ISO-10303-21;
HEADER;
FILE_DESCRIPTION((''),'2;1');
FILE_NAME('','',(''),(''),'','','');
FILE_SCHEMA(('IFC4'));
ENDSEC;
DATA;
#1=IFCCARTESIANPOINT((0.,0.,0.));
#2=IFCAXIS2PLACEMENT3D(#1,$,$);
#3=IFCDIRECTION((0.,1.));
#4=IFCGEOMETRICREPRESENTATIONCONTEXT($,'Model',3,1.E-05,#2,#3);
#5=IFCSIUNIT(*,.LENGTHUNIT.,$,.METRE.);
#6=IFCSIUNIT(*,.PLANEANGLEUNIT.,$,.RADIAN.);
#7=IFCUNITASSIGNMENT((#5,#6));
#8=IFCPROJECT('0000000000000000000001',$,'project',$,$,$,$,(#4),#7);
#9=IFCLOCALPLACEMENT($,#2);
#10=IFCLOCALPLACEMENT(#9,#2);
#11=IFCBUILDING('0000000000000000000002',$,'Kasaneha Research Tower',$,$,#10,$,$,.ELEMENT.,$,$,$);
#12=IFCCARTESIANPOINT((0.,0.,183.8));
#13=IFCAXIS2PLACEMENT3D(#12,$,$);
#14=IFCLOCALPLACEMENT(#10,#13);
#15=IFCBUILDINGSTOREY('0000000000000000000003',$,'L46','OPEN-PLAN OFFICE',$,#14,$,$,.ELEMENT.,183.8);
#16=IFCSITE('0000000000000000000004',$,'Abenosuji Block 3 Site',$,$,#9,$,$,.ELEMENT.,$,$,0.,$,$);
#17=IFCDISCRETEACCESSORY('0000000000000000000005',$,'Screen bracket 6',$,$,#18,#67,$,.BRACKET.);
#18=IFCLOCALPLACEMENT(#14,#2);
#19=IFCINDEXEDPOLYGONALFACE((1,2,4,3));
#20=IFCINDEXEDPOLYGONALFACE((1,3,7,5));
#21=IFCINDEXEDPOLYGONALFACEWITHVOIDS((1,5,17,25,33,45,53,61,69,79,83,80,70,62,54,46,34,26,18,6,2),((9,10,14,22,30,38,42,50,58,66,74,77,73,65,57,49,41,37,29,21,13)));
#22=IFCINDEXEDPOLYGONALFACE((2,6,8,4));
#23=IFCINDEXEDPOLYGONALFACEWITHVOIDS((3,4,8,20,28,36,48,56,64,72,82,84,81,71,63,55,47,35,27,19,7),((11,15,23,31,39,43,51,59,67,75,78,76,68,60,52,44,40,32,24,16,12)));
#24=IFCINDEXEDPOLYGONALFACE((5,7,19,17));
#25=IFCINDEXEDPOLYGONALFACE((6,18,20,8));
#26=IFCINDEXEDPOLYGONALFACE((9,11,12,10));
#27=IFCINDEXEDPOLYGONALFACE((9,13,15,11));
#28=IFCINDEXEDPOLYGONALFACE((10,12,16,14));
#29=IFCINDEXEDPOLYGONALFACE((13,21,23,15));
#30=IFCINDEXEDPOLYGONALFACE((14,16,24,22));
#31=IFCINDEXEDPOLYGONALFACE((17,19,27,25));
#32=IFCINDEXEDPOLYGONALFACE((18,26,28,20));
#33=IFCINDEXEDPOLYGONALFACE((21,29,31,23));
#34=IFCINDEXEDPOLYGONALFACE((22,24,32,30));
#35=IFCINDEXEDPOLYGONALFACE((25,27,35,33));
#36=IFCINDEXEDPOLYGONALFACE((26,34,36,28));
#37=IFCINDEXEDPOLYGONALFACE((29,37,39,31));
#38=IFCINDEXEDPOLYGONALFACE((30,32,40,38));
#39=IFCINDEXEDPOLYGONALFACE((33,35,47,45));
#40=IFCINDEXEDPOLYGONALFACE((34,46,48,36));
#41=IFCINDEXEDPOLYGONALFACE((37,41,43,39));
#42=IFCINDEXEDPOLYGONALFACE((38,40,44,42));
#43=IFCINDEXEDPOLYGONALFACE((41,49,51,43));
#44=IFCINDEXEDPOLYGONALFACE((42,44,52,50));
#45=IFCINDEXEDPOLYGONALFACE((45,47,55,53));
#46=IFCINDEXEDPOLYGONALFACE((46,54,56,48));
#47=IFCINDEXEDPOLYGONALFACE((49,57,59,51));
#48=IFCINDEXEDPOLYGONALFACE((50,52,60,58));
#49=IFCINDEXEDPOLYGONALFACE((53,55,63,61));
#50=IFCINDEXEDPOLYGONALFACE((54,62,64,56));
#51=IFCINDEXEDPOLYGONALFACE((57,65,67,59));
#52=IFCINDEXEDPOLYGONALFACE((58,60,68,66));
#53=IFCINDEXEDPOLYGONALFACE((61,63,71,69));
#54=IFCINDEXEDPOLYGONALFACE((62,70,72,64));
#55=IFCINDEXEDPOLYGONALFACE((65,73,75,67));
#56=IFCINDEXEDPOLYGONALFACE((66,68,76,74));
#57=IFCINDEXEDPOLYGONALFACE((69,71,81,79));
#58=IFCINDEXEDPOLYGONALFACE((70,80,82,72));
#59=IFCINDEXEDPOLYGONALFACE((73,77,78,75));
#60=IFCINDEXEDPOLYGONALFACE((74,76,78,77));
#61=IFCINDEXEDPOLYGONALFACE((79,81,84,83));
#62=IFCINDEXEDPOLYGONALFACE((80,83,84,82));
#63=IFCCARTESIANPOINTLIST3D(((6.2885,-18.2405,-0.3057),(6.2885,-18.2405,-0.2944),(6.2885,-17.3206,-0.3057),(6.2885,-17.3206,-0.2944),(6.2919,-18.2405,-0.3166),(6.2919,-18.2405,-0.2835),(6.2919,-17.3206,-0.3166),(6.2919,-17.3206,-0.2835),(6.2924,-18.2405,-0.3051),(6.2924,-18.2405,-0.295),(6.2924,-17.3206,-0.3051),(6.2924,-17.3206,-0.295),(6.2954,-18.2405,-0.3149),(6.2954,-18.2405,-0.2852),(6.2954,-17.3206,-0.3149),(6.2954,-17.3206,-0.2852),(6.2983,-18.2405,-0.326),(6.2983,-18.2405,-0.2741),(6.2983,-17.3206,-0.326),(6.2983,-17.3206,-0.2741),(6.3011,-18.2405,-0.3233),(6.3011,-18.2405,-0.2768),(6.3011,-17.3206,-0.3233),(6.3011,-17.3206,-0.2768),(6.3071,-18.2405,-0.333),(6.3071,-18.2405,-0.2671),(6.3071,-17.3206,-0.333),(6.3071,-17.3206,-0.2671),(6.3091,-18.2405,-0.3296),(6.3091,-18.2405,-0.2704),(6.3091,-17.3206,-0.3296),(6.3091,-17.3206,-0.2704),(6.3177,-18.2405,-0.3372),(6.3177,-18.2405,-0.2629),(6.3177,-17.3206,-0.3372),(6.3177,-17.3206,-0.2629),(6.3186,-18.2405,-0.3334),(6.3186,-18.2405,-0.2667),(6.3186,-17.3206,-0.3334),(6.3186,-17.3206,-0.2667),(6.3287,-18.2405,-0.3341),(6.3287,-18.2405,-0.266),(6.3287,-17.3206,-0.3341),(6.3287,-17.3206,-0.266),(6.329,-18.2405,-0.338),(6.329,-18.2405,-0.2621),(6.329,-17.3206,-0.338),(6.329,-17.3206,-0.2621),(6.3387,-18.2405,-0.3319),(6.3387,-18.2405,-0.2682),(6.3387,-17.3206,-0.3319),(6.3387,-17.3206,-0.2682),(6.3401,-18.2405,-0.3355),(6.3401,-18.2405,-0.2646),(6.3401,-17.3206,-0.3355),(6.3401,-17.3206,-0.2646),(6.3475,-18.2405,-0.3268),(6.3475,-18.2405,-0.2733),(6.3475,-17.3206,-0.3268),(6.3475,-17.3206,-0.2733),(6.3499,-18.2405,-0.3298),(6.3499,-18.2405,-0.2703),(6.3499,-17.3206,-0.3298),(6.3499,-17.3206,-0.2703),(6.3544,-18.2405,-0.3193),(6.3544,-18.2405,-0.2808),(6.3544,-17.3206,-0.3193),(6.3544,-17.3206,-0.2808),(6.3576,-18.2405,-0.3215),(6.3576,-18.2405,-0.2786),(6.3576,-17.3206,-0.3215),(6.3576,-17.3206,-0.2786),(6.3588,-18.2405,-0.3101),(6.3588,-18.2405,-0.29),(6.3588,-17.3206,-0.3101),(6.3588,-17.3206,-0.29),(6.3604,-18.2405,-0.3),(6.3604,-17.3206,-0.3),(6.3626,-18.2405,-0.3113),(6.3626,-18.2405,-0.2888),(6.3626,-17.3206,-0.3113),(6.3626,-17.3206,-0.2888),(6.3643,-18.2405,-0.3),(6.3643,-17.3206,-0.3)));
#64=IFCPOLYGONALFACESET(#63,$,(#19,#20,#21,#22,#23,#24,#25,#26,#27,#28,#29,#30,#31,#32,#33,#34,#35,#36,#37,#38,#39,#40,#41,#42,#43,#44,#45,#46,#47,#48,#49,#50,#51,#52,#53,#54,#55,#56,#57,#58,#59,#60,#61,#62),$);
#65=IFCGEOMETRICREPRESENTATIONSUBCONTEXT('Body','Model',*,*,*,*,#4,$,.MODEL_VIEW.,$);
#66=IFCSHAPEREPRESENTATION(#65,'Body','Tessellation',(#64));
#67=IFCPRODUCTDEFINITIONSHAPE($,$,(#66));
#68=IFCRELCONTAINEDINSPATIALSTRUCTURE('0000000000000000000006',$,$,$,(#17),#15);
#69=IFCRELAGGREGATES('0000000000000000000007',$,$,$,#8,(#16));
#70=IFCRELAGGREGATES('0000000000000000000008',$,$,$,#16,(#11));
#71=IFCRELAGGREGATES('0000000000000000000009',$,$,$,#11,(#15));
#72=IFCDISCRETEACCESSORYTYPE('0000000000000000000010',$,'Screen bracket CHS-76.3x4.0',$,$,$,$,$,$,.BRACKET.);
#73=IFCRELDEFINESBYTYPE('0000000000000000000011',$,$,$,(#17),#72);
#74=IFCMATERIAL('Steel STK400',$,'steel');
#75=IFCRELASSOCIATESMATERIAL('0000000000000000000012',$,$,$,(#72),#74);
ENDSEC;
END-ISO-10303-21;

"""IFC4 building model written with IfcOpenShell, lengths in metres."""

from ifc_helpers import new_model, si_unit, direction, frame, origin, origin_2d, place, context, subcontext, project, spatial, hollow_circle, extrude, material, material_profile, profile_set, type_object, element, save


model = new_model("IFC4")

# Units and contexts
model_context = context("Model", 3, precision=1e-05, world=origin(), true_north=direction((0.0, 1.0)))
body_context = subcontext(model_context, "Body", "Model", "MODEL_VIEW")
ifc_project = project(units=[si_unit("LENGTHUNIT", "METRE"), si_unit("PLANEANGLEUNIT", "RADIAN")], contexts=[model_context])

# Site, building, storey
site_placement = place(None, origin())
site = spatial("IfcSite", under=ifc_project, at=site_placement, Name="Abenosuji Block 3 Site", CompositionType="ELEMENT", RefElevation=0.0)
building_placement = place(site_placement, origin())
building = spatial("IfcBuilding", under=site, at=building_placement, Name="Kasaneha Research Tower", CompositionType="ELEMENT")
storey_placement = place(building_placement, frame((0.0, 0.0, 183.8)))
storey = spatial("IfcBuildingStorey", under=building, at=storey_placement, Name="L46", Description="OPEN-PLAN OFFICE", CompositionType="ELEMENT", Elevation=183.8)

# Discrete accessory
ifc_material_1 = material(Name="Steel STK400", Category="steel")
ifc_material_profile_1 = material_profile(ifc_material_1, hollow_circle(Radius=0.0381, WallThickness=0.0039, at=origin_2d()), Name="CHS-76.3x4.0")
ifc_profile_set_1 = profile_set([ifc_material_profile_1], Name="Steel STK400")
discrete_accessory_type = type_object("IfcDiscreteAccessoryType", Name="Screen bracket CHS-76.3x4.0", PredefinedType="BRACKET", material=ifc_profile_set_1)
for number, where, z_axis, x_axis, name in (
    (1, (6.3262, -17.3206, -0.3), (0.0, -1.0, 0.0), (1.0, 0.0, 0.0), "Screen bracket 6"),
):
    element("IfcDiscreteAccessory", number, at=place(storey_placement, frame(where, z_axis=z_axis, x_axis=x_axis)), inside=storey, type_object=discrete_accessory_type, Name=name, PredefinedType="BRACKET", context=body_context, shape_type="SweptSolid", body=[
        extrude(hollow_circle(Radius=0.0381, WallThickness=0.0039, at=origin_2d()), origin(), (0.0, 0.0, 1.0), 0.9199),
    ])

save(model, "model.ifc")
